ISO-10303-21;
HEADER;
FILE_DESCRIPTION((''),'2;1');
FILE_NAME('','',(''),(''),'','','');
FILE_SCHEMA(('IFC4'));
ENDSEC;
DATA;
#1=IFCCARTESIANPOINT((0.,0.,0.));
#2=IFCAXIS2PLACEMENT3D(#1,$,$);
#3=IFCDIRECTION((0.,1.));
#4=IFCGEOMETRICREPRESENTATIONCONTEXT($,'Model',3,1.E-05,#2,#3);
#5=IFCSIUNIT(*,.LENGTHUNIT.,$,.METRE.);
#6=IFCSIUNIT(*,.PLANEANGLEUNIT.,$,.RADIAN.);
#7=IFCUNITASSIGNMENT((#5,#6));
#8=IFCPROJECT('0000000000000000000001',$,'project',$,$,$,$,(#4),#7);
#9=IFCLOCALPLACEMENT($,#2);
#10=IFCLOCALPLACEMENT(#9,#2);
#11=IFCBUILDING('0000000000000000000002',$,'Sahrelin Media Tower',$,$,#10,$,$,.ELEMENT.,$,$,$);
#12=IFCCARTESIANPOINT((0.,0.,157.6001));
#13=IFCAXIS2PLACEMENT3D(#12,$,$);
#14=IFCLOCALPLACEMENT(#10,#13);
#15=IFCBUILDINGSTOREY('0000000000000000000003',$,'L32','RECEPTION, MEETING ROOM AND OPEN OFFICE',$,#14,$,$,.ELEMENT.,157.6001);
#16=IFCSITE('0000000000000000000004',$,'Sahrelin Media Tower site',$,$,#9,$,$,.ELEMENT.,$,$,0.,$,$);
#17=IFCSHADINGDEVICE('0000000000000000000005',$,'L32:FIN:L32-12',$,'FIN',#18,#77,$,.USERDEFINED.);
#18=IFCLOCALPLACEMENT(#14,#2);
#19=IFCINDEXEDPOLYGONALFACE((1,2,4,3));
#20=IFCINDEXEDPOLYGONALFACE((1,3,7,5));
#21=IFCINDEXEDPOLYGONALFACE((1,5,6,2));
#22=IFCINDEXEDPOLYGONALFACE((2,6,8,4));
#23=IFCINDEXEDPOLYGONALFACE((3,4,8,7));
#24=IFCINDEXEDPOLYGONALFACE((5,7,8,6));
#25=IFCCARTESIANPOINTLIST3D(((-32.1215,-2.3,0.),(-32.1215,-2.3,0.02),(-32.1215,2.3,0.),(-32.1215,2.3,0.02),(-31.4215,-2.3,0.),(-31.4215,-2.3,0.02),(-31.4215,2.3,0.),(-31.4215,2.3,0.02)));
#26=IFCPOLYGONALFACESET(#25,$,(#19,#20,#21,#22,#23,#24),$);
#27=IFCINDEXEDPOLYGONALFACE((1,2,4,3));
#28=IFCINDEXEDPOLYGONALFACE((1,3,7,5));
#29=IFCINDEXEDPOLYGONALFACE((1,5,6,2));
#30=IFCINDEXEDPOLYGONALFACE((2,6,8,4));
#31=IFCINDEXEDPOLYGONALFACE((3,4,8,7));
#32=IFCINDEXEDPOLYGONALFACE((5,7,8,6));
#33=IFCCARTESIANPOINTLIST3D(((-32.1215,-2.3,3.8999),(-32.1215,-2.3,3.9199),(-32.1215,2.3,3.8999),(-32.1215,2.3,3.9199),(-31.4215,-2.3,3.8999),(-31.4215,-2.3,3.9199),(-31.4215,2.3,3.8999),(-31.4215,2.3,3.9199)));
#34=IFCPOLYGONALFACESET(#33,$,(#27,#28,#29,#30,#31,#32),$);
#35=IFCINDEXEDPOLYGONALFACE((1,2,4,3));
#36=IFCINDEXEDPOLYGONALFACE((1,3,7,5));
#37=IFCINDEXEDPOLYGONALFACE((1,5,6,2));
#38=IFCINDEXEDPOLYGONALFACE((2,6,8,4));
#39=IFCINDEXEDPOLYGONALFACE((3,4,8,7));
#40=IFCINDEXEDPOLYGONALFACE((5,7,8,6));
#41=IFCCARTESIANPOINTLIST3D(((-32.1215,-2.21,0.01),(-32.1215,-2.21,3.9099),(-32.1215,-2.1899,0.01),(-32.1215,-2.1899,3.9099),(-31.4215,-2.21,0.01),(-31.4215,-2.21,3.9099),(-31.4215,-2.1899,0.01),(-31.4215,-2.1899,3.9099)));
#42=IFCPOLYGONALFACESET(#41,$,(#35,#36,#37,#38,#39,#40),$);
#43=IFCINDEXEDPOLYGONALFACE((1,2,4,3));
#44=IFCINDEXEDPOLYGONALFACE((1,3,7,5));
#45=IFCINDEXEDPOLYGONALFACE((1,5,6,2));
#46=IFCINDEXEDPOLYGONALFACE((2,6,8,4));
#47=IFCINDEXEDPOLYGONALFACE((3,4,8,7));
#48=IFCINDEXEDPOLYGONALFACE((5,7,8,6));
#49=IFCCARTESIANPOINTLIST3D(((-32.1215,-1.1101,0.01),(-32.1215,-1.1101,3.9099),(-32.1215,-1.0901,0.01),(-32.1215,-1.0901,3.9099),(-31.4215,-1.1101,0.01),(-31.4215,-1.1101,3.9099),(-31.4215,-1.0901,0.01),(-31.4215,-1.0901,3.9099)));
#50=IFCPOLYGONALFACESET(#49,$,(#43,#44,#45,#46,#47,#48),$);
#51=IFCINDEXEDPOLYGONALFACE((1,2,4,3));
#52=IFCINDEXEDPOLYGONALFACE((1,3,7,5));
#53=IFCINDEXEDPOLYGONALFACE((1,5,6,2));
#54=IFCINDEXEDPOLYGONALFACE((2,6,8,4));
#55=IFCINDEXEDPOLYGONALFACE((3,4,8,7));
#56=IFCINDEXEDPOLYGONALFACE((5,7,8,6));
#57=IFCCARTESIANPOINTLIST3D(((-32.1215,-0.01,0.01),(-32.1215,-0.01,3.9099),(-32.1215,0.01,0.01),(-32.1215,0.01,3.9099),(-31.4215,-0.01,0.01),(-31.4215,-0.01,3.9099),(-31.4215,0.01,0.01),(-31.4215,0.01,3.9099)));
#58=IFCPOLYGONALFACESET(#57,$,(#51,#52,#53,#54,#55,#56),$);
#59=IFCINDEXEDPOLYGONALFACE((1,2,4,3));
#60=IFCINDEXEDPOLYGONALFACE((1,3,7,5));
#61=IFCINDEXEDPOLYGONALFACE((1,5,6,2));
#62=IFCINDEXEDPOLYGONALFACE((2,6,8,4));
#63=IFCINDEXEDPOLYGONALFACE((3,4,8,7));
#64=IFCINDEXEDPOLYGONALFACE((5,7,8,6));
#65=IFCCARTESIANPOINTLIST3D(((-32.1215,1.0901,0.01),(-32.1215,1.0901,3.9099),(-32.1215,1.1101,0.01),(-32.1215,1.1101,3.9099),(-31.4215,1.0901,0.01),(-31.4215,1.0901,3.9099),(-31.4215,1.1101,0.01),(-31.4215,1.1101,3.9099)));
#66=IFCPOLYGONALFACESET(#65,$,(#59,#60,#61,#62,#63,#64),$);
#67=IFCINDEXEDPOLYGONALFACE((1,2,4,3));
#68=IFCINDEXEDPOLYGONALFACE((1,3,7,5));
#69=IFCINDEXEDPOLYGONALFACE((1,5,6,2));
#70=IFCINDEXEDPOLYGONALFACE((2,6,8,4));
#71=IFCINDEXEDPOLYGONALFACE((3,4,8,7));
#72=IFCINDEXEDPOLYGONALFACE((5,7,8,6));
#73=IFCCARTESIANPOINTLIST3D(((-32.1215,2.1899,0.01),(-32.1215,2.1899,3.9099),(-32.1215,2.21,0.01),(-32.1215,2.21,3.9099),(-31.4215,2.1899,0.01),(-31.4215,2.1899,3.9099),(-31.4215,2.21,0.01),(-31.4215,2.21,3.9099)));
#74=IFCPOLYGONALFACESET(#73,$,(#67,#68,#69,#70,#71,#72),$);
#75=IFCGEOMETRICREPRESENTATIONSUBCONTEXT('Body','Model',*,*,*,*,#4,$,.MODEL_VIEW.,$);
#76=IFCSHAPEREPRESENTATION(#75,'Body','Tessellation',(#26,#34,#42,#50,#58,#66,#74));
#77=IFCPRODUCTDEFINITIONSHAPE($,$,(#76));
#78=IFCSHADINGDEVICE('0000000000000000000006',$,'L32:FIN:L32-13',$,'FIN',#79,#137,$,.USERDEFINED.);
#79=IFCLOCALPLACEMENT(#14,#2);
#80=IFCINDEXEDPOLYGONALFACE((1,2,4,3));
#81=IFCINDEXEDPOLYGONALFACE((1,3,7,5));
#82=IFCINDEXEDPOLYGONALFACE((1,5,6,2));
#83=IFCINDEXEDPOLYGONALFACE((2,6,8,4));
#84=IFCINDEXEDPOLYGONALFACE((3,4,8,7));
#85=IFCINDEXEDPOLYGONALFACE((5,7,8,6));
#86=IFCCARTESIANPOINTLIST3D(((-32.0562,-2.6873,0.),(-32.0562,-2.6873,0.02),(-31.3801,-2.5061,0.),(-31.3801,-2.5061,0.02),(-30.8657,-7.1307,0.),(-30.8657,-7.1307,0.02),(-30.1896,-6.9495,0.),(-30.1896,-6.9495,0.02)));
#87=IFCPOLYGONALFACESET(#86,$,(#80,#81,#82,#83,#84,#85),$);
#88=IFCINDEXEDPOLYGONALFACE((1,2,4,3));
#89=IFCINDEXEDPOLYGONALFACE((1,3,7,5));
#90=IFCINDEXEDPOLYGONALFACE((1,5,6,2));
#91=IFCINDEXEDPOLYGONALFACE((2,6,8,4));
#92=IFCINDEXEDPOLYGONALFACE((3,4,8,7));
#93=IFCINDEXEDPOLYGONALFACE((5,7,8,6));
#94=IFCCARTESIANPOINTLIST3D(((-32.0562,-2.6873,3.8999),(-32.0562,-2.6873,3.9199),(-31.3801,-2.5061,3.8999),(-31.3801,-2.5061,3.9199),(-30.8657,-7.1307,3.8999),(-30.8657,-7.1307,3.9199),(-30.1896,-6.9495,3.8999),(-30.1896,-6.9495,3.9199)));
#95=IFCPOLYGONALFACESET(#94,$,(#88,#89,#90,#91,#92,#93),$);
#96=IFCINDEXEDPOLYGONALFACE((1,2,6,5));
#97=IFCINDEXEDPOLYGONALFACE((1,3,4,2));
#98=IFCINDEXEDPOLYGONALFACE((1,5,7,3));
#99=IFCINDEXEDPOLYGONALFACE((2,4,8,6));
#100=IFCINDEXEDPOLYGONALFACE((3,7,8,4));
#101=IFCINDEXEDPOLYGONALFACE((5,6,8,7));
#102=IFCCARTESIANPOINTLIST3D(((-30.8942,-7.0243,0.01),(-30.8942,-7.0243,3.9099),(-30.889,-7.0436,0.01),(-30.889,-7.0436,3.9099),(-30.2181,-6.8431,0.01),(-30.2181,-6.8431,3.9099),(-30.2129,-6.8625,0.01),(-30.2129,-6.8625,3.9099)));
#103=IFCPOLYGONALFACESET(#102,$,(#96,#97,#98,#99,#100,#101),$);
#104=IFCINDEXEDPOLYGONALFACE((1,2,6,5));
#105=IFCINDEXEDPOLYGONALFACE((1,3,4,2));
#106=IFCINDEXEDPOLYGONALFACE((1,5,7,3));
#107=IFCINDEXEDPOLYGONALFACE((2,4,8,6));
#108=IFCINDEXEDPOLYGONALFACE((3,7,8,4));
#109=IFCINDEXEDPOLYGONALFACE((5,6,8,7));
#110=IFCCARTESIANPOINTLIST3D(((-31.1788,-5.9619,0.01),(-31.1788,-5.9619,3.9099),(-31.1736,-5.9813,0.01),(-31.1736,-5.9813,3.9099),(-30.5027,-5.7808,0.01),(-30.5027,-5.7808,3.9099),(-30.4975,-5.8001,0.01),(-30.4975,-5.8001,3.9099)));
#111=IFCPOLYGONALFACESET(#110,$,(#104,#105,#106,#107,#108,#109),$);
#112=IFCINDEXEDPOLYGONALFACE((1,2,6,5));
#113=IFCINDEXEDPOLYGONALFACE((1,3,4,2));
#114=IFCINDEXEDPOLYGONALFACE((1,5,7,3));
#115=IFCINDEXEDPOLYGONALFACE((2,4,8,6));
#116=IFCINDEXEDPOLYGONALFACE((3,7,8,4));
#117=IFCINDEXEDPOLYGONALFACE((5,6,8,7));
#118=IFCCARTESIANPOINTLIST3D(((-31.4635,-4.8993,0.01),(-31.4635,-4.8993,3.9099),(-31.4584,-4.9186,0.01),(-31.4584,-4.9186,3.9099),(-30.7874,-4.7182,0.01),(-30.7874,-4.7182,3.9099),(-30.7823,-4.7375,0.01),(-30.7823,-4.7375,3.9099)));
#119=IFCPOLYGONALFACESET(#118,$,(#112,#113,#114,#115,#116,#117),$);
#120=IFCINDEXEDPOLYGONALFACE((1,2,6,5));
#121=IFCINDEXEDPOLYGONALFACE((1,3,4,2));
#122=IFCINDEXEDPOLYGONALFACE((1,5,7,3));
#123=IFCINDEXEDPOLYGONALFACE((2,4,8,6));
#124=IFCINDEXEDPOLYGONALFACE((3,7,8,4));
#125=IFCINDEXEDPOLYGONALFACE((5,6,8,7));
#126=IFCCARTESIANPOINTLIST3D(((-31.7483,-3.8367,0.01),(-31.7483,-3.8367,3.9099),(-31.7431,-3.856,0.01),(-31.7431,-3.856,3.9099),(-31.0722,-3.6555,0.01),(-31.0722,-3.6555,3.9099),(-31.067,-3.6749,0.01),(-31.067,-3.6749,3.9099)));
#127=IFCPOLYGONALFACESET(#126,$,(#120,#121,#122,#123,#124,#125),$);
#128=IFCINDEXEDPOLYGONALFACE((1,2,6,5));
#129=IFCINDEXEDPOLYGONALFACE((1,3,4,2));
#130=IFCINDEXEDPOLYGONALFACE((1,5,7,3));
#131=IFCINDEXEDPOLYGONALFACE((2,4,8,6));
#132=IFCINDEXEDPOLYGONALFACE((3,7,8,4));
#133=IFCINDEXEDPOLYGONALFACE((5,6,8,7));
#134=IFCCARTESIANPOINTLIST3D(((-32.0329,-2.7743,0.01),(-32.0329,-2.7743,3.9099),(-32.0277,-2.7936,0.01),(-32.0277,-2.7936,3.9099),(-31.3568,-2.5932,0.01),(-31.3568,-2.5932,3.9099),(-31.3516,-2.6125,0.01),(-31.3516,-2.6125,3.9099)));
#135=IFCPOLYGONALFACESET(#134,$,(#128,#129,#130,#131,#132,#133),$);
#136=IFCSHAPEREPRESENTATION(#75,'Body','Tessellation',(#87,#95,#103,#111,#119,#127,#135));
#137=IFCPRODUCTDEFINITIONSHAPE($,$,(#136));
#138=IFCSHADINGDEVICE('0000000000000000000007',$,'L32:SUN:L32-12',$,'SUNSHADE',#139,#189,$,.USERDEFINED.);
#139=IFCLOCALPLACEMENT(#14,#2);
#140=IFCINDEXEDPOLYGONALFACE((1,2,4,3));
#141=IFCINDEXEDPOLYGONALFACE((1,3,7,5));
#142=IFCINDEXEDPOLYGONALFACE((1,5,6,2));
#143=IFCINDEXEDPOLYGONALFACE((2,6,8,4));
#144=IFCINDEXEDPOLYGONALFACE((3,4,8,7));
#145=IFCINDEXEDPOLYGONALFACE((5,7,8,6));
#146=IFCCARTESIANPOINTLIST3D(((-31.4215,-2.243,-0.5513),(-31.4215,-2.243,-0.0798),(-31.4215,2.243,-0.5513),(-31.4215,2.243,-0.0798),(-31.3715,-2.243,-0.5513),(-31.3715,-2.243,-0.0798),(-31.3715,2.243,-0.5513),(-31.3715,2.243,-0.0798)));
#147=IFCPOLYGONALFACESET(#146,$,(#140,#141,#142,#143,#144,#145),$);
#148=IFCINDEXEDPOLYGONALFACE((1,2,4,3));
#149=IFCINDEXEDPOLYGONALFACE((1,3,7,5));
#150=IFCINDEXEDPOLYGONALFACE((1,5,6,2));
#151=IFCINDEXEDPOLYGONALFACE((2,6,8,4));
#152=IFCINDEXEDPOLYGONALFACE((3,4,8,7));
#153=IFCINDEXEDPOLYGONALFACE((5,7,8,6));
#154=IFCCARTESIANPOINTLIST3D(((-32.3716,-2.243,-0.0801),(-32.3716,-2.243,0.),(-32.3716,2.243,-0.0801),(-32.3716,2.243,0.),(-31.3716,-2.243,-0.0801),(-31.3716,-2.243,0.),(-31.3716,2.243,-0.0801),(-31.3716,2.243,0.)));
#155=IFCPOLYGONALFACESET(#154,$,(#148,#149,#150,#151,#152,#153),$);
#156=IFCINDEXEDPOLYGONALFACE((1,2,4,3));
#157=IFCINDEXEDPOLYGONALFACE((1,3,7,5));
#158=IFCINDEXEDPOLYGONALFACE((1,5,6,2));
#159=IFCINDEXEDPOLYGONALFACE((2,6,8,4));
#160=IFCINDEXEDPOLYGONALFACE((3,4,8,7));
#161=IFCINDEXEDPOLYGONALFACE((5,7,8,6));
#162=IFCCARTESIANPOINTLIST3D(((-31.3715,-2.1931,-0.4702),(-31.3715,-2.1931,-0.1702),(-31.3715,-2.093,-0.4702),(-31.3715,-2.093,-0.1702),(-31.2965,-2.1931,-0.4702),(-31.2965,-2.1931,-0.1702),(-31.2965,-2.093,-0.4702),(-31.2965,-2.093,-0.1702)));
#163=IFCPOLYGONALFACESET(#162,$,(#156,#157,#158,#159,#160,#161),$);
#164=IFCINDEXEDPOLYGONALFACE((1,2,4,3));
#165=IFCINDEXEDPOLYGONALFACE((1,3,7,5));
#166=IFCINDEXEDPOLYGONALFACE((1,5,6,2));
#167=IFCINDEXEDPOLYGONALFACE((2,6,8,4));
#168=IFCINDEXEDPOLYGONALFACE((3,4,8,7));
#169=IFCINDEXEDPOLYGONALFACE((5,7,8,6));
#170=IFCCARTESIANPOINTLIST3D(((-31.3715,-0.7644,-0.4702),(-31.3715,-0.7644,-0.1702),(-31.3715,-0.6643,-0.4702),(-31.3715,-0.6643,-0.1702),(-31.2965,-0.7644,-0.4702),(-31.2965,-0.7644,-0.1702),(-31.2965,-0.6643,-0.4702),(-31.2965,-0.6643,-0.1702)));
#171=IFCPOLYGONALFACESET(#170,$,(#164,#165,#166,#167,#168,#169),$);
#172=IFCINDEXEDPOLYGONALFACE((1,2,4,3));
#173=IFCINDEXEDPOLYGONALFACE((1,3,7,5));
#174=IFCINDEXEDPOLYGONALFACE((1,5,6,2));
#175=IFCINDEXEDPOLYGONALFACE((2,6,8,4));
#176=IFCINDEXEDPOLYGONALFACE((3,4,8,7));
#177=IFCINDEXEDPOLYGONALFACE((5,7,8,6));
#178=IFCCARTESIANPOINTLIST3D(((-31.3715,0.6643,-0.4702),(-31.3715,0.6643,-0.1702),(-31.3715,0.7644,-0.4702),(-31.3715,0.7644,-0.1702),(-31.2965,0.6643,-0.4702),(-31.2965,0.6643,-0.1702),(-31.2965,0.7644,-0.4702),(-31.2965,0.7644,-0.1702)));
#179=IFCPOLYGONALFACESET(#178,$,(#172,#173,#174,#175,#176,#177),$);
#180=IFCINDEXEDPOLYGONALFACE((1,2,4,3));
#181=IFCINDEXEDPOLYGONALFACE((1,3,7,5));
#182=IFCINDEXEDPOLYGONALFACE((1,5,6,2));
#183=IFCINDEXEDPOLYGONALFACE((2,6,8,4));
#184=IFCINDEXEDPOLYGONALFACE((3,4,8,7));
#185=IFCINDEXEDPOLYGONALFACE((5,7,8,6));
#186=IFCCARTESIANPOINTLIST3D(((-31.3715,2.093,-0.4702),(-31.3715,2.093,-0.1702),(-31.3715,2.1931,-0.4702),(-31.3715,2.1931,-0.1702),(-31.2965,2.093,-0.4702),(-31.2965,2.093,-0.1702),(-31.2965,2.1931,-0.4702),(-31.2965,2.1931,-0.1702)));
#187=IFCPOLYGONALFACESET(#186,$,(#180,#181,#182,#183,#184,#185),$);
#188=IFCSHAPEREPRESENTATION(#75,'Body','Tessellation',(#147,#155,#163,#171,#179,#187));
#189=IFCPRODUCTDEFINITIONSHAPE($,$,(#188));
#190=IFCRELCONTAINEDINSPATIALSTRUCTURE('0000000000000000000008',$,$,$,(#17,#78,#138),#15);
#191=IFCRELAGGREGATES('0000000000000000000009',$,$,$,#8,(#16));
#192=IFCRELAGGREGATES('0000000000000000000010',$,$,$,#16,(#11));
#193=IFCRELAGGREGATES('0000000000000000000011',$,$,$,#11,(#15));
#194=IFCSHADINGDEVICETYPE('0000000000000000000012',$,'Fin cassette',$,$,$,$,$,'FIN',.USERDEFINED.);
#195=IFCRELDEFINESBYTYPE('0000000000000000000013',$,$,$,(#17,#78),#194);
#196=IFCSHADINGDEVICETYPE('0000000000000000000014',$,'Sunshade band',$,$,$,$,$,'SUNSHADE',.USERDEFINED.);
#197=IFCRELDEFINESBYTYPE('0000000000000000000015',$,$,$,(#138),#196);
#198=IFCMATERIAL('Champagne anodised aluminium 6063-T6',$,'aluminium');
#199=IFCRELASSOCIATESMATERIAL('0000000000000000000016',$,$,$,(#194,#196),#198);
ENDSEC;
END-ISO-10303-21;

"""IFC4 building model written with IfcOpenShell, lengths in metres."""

from ifc_helpers import new_model, si_unit, direction, frame, origin, origin_2d, place, context, subcontext, project, spatial, rectangle, extrude, material, type_object, element, save


model = new_model("IFC4")

# Units and contexts
model_context = context("Model", 3, precision=1e-05, world=origin(), true_north=direction((0.0, 1.0)))
body_context = subcontext(model_context, "Body", "Model", "MODEL_VIEW")
ifc_project = project(units=[si_unit("LENGTHUNIT", "METRE"), si_unit("PLANEANGLEUNIT", "RADIAN")], contexts=[model_context])

# Site, building, storey
site_placement = place(None, origin())
site = spatial("IfcSite", under=ifc_project, at=site_placement, Name="Sahrelin Media Tower site", CompositionType="ELEMENT", RefElevation=0.0)
building_placement = place(site_placement, origin())
building = spatial("IfcBuilding", under=site, at=building_placement, Name="Sahrelin Media Tower", CompositionType="ELEMENT")
storey_placement = place(building_placement, frame((0.0, 0.0, 157.6001)))
storey = spatial("IfcBuildingStorey", under=building, at=storey_placement, Name="L32", Description="RECEPTION, MEETING ROOM AND OPEN OFFICE", CompositionType="ELEMENT", Elevation=157.6001)

# Shared definitions
ifc_material_1 = material(Name="Champagne anodised aluminium 6063-T6", Category="aluminium")

# Shading devices
shading_device_type_1 = type_object("IfcShadingDeviceType", Name="Fin cassette", ElementType="FIN", PredefinedType="USERDEFINED", material=ifc_material_1)
placement_1 = place(storey_placement, frame((-31.3516, 0.0, 0.0), z_axis=(0.0, 0.0, 1.0), x_axis=(0.0, 1.0, 0.0)))
element("IfcShadingDevice", 1, at=placement_1, inside=storey, type_object=shading_device_type_1, Name="L32:FIN:L32-12", ObjectType="FIN", PredefinedType="USERDEFINED", context=body_context, shape_type="SweptSolid", body=[
    extrude(rectangle(XDim=4.6001, YDim=0.7, at=origin_2d()), frame((0.0, 0.4199, 0.0)), (0.0, 0.0, 1.0), 0.02),
    extrude(rectangle(XDim=4.6001, YDim=0.7, at=origin_2d()), frame((0.0, 0.4199, 3.8999)), (0.0, 0.0, 1.0), 0.02),
    extrude(rectangle(XDim=0.02, YDim=0.7, at=origin_2d()), frame((-2.2, 0.4199, 0.01), z_axis=(0.0, 0.0, 1.0), x_axis=(1.0, 0.0, 0.0)), (0.0, 0.0, 1.0), 3.8999),
    extrude(rectangle(XDim=0.02, YDim=0.7, at=origin_2d()), frame((-1.1001, 0.4199, 0.01), z_axis=(0.0, 0.0, 1.0), x_axis=(1.0, 0.0, 0.0)), (0.0, 0.0, 1.0), 3.8999),
    extrude(rectangle(XDim=0.02, YDim=0.7, at=origin_2d()), frame((0.0, 0.4199, 0.01), z_axis=(0.0, 0.0, 1.0), x_axis=(1.0, 0.0, 0.0)), (0.0, 0.0, 1.0), 3.8999),
    extrude(rectangle(XDim=0.02, YDim=0.7, at=origin_2d()), frame((1.1001, 0.4199, 0.01), z_axis=(0.0, 0.0, 1.0), x_axis=(1.0, 0.0, 0.0)), (0.0, 0.0, 1.0), 3.8999),
    extrude(rectangle(XDim=0.02, YDim=0.7, at=origin_2d()), frame((2.2, 0.4199, 0.01), z_axis=(0.0, 0.0, 1.0), x_axis=(1.0, 0.0, 0.0)), (0.0, 0.0, 1.0), 3.8999),
])
placement_2 = place(storey_placement, frame((-30.7173, -4.7097, 0.0), z_axis=(0.0, 0.0, 1.0), x_axis=(-0.258808, 0.965929, 0.0)))
element("IfcShadingDevice", 2, at=placement_2, inside=storey, type_object=shading_device_type_1, Name="L32:FIN:L32-13", ObjectType="FIN", PredefinedType="USERDEFINED", context=body_context, shape_type="SweptSolid", body=[
    extrude(rectangle(XDim=4.6001, YDim=0.7, at=origin_2d()), frame((0.0, 0.4199, 0.0)), (0.0, 0.0, 1.0), 0.02),
    extrude(rectangle(XDim=4.6001, YDim=0.7, at=origin_2d()), frame((0.0, 0.4199, 3.8999)), (0.0, 0.0, 1.0), 0.02),
    extrude(rectangle(XDim=0.02, YDim=0.7, at=origin_2d()), frame((-2.2, 0.4199, 0.01), z_axis=(0.0, 0.0, 1.0), x_axis=(1.0, 0.0, 0.0)), (0.0, 0.0, 1.0), 3.8999),
    extrude(rectangle(XDim=0.02, YDim=0.7, at=origin_2d()), frame((-1.1001, 0.4199, 0.01), z_axis=(0.0, 0.0, 1.0), x_axis=(1.0, 0.0, 0.0)), (0.0, 0.0, 1.0), 3.8999),
    extrude(rectangle(XDim=0.02, YDim=0.7, at=origin_2d()), frame((0.0, 0.4199, 0.01), z_axis=(0.0, 0.0, 1.0), x_axis=(1.0, 0.0, 0.0)), (0.0, 0.0, 1.0), 3.8999),
    extrude(rectangle(XDim=0.02, YDim=0.7, at=origin_2d()), frame((1.1001, 0.4199, 0.01), z_axis=(0.0, 0.0, 1.0), x_axis=(1.0, 0.0, 0.0)), (0.0, 0.0, 1.0), 3.8999),
    extrude(rectangle(XDim=0.02, YDim=0.7, at=origin_2d()), frame((2.2, 0.4199, 0.01), z_axis=(0.0, 0.0, 1.0), x_axis=(1.0, 0.0, 0.0)), (0.0, 0.0, 1.0), 3.8999),
])
shading_device_type_2 = type_object("IfcShadingDeviceType", Name="Sunshade band", ElementType="SUNSHADE", PredefinedType="USERDEFINED", material=ifc_material_1)
element("IfcShadingDevice", 3, at=placement_1, inside=storey, type_object=shading_device_type_2, Name="L32:SUN:L32-12", ObjectType="SUNSHADE", PredefinedType="USERDEFINED", context=body_context, shape_type="SweptSolid", body=[
    extrude(rectangle(XDim=4.4861, YDim=0.05, at=origin_2d()), frame((0.0, 0.0449, -0.5513)), (0.0, 0.0, 1.0), 0.4714),
    extrude(rectangle(XDim=4.4861, YDim=1.0, at=origin_2d()), frame((0.0, 0.52, -0.0801)), (0.0, 0.0, 1.0), 0.0801),
    extrude(rectangle(XDim=0.1001, YDim=0.075, at=origin_2d()), frame((-2.1431, -0.0176, -0.4702)), (0.0, 0.0, 1.0), 0.3),
    extrude(rectangle(XDim=0.1001, YDim=0.075, at=origin_2d()), frame((-0.7144, -0.0176, -0.4702)), (0.0, 0.0, 1.0), 0.3),
    extrude(rectangle(XDim=0.1001, YDim=0.075, at=origin_2d()), frame((0.7144, -0.0176, -0.4702)), (0.0, 0.0, 1.0), 0.3),
    extrude(rectangle(XDim=0.1001, YDim=0.075, at=origin_2d()), frame((2.1431, -0.0176, -0.4702)), (0.0, 0.0, 1.0), 0.3),
])

save(model, "model.ifc")
